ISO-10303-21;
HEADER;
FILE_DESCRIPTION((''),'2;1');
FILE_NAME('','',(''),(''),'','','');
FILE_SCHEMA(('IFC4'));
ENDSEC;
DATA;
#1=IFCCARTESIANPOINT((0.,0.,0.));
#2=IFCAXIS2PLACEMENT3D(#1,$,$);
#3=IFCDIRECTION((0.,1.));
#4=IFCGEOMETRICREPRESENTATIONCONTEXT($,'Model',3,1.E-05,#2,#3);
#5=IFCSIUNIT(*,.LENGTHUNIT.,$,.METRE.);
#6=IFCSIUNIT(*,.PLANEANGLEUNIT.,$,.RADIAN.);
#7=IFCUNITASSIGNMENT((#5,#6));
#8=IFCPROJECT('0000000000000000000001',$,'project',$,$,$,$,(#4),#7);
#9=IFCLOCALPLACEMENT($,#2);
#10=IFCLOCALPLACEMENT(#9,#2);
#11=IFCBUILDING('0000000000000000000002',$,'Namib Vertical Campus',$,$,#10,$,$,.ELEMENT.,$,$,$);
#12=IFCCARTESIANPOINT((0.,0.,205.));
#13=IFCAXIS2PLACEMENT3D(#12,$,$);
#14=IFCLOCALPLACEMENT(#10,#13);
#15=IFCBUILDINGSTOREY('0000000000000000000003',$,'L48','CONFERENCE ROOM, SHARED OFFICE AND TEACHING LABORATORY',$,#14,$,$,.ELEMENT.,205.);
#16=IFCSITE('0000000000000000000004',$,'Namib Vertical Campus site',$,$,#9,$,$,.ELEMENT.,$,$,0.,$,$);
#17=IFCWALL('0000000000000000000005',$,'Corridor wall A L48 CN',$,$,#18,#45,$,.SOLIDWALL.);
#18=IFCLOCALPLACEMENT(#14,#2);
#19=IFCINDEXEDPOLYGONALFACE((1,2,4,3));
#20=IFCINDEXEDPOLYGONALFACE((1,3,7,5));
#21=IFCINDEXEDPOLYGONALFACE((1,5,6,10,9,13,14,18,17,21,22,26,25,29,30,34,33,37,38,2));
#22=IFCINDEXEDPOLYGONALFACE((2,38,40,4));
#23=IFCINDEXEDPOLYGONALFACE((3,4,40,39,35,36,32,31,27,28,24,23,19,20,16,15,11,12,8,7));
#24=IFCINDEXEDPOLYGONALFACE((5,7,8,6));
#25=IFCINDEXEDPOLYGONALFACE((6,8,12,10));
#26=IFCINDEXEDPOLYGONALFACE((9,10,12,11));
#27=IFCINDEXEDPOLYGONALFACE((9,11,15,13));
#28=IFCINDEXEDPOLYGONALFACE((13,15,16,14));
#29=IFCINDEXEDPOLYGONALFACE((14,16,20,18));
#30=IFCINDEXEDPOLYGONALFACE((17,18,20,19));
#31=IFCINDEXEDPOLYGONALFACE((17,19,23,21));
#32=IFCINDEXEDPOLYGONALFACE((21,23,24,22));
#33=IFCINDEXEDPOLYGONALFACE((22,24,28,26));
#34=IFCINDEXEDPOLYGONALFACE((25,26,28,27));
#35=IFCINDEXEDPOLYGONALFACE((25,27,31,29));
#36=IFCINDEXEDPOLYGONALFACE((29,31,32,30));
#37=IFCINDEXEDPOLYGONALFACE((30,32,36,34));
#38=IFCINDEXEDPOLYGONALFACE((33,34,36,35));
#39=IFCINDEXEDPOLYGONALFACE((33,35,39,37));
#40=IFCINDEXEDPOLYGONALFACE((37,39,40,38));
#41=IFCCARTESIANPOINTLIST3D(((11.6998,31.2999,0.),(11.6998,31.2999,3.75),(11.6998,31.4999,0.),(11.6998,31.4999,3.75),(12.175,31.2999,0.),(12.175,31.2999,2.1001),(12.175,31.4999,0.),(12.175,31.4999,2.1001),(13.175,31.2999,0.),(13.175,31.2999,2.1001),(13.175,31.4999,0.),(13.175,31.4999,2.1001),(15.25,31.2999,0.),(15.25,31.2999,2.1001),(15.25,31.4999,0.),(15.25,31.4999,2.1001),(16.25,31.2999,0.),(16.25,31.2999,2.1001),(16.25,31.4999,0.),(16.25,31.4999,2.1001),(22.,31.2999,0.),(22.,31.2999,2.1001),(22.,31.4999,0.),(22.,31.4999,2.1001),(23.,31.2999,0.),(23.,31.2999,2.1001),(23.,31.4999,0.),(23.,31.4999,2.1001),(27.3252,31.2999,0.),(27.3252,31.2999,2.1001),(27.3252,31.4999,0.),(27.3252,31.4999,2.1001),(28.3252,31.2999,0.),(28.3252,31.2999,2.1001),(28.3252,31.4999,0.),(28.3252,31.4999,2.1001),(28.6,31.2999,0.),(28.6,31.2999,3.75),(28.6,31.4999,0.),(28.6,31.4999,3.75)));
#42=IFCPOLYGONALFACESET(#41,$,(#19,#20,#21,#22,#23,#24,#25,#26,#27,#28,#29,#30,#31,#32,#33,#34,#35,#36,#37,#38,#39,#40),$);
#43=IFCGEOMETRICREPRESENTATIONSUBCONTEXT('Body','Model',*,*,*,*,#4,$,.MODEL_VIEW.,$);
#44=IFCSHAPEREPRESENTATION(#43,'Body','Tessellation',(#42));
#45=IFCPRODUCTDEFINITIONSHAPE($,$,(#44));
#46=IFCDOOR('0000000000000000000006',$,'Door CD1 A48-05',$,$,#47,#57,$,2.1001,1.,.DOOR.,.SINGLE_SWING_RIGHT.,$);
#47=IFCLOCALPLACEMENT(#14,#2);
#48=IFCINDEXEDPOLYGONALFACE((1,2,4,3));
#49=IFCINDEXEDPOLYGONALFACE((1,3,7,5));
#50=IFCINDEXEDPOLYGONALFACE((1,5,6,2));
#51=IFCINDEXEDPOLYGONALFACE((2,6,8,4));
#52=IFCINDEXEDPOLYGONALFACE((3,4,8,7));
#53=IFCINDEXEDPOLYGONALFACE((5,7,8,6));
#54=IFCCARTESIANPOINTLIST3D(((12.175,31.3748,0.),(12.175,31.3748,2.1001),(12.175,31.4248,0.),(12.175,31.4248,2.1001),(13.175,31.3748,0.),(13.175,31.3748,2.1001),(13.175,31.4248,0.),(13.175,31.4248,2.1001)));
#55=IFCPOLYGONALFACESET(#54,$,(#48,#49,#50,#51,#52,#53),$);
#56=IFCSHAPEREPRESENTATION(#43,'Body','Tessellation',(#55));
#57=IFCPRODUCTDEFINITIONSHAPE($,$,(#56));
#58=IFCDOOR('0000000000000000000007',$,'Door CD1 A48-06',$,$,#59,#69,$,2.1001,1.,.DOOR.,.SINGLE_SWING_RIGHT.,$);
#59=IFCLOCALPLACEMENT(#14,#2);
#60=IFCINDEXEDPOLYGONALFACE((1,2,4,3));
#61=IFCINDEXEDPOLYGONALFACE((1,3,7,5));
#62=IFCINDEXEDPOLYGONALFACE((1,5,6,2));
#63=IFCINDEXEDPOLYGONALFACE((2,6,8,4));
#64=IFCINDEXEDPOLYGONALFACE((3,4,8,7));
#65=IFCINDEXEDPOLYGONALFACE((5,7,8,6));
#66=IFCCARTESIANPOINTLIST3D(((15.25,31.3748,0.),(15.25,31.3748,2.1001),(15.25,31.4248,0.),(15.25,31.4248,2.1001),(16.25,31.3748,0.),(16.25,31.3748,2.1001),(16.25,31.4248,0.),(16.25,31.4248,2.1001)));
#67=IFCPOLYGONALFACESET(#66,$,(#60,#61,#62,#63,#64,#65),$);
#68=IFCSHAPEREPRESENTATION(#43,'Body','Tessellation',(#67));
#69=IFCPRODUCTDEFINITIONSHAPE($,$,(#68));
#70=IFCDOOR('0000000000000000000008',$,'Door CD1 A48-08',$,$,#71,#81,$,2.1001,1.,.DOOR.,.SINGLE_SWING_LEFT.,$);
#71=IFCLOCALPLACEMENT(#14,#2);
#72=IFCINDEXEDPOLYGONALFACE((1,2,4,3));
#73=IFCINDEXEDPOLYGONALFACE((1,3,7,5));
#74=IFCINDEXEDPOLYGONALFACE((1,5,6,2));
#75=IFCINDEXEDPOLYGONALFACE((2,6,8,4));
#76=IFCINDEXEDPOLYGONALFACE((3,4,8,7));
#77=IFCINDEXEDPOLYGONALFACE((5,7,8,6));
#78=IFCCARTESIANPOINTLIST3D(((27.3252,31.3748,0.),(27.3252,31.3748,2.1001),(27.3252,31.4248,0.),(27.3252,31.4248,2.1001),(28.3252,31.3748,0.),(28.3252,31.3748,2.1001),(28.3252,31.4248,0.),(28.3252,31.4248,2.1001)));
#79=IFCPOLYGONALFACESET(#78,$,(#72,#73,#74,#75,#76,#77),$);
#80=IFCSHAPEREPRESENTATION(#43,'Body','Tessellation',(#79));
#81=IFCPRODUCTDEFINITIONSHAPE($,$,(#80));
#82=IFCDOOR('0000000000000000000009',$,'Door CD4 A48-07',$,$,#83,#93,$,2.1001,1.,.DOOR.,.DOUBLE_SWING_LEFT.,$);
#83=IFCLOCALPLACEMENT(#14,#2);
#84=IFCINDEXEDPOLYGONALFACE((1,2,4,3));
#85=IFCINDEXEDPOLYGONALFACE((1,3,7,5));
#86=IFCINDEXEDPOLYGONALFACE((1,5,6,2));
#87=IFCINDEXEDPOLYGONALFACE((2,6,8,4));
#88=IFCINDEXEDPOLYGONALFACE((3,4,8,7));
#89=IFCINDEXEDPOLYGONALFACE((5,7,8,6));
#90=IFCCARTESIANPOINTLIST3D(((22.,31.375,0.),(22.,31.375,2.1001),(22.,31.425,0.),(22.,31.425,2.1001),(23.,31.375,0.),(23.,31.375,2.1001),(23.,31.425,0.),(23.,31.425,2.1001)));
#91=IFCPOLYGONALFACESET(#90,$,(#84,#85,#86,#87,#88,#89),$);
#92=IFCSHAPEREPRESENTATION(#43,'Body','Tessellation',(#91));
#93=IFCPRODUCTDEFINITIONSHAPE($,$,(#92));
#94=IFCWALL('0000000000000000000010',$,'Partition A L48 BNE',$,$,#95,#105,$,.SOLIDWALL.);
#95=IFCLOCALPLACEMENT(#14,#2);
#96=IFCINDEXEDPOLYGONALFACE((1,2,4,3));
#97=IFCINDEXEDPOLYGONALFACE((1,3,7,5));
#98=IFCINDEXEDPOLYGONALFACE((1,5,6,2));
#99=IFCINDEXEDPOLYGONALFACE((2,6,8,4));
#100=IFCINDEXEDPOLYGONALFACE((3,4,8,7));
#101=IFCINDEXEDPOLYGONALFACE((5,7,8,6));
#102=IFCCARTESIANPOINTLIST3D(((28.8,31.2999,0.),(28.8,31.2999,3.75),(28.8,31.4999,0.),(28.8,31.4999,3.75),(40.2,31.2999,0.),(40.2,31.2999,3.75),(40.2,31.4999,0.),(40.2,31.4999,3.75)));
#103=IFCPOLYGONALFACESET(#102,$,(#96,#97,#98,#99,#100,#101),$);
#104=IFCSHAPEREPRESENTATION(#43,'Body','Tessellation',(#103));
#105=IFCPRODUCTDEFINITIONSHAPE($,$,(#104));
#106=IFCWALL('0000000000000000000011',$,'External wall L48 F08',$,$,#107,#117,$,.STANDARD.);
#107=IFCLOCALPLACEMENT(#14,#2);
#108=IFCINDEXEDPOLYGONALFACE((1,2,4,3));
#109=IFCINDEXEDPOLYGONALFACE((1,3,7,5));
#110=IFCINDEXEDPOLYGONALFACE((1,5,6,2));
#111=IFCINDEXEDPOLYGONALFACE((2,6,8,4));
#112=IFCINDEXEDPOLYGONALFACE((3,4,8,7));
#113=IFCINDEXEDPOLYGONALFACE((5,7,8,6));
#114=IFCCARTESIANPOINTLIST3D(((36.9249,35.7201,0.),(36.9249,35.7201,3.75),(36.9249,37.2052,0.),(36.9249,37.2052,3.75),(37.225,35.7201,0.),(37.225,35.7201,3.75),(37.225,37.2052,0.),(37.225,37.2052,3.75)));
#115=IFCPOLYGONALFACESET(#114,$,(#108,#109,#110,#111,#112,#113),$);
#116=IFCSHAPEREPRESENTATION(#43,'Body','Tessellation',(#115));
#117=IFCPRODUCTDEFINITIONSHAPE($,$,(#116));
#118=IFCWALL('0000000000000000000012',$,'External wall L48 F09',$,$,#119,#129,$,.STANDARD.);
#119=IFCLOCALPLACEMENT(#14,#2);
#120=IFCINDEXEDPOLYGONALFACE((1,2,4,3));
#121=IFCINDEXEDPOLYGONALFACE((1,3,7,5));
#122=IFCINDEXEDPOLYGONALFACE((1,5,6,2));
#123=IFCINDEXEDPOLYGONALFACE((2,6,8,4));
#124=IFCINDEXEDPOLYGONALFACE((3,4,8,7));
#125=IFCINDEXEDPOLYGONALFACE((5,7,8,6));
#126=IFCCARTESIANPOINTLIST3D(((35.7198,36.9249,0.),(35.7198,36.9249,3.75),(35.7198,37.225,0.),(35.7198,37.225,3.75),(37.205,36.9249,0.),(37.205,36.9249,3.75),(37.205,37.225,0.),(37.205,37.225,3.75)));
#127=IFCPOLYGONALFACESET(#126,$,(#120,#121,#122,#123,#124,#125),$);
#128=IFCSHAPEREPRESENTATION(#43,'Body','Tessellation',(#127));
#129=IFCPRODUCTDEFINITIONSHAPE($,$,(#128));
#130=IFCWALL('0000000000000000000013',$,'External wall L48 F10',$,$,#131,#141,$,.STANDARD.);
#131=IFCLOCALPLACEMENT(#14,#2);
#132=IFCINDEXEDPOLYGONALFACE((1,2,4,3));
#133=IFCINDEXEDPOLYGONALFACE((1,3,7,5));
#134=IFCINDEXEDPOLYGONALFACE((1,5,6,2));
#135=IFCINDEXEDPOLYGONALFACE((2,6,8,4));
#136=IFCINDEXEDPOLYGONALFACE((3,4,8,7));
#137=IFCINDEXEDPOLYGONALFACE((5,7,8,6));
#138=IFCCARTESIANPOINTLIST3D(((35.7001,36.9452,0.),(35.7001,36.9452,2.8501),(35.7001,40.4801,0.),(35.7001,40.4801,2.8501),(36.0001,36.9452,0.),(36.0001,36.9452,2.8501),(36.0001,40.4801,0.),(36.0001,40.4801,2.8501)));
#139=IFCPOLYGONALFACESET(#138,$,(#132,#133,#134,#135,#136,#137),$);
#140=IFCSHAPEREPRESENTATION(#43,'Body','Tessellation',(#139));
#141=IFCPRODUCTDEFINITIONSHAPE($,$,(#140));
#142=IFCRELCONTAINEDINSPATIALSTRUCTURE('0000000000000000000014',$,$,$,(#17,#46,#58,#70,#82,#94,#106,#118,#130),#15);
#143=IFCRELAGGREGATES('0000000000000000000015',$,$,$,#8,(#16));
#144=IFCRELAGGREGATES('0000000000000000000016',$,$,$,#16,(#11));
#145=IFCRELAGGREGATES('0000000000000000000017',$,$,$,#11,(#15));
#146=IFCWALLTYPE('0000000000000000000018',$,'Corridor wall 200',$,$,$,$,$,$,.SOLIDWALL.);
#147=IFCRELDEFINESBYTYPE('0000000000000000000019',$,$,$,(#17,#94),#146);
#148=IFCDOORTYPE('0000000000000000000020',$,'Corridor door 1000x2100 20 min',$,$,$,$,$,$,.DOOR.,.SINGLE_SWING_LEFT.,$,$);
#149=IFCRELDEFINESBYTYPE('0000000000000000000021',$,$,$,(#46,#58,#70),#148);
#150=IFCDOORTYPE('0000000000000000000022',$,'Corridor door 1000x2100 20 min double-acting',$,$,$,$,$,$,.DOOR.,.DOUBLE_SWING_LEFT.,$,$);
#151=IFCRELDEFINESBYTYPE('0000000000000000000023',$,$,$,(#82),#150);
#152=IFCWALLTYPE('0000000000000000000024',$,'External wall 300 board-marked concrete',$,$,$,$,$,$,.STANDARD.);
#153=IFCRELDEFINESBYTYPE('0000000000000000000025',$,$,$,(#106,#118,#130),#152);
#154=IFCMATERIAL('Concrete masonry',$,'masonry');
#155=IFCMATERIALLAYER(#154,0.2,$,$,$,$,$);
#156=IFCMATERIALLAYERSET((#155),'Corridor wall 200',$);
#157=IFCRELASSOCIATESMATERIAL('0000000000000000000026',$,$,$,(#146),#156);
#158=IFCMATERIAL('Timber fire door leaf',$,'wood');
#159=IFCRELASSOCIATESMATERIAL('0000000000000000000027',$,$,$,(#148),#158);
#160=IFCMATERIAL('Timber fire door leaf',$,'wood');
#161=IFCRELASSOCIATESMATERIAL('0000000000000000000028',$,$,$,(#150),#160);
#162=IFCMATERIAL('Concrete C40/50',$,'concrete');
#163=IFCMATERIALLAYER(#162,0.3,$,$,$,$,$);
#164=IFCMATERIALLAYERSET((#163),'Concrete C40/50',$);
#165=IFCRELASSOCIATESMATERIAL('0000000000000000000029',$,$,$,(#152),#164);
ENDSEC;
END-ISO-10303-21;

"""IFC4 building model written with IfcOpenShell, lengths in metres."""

from ifc_helpers import new_model, si_unit, direction, frame, frame_2d, origin, place, context, subcontext, project, spatial, rectangle, extrude, material, layer, layer_set, type_object, element, fill, save


model = new_model("IFC4")

# Units and contexts
model_context = context("Model", 3, precision=1e-05, world=origin(), true_north=direction((0.0, 1.0)))
body_context = subcontext(model_context, "Body", "Model", "MODEL_VIEW")
ifc_project = project(units=[si_unit("LENGTHUNIT", "METRE"), si_unit("PLANEANGLEUNIT", "RADIAN")], contexts=[model_context])

# Site, building, storey
site_placement = place(None, origin())
site = spatial("IfcSite", under=ifc_project, at=site_placement, Name="Namib Vertical Campus site", CompositionType="ELEMENT", RefElevation=0.0)
building_placement = place(site_placement, origin())
building = spatial("IfcBuilding", under=site, at=building_placement, Name="Namib Vertical Campus", CompositionType="ELEMENT")
storey_placement = place(building_placement, frame((0.0, 0.0, 205.0)))
storey = spatial("IfcBuildingStorey", under=building, at=storey_placement, Name="L48", Description="CONFERENCE ROOM, SHARED OFFICE AND TEACHING LABORATORY", CompositionType="ELEMENT", Elevation=205.0)

# Wall, openings, doors
ifc_material_1 = material(Name="Concrete masonry", Category="masonry")
ifc_layer_1 = layer(ifc_material_1, 0.2)
ifc_layer_set_1 = layer_set([ifc_layer_1], Name="Corridor wall 200")
wall_type_1 = type_object("IfcWallType", Name="Corridor wall 200", PredefinedType="SOLIDWALL", material=ifc_layer_set_1)
wall_1_placement = place(storey_placement, frame((28.6001, 31.3999, 0.0), z_axis=(0.0, 0.0, 1.0), x_axis=(-1.0, 0.0, 0.0)))
wall_1 = element("IfcWall", 1, at=wall_1_placement, inside=storey, type_object=wall_type_1, Name="Corridor wall A L48 CN", PredefinedType="SOLIDWALL", context=body_context, shape_type="SweptSolid", body=[
    extrude(rectangle(XDim=16.9001, YDim=0.2, at=frame_2d((8.4502, 0.0))), origin(), (0.0, 0.0, 1.0), 3.75),
])
opening_1_placement = place(wall_1_placement, frame((15.425, 0.0, 0.0)))
opening_1 = element("IfcOpeningElement", 2, at=opening_1_placement, cuts=wall_1, PredefinedType="OPENING", context=body_context, shape_type="SweptSolid", body=[
    extrude(rectangle(XDim=1.0, YDim=2.1001, at=frame_2d((0.5, 1.05))), frame((0.0, 0.1099, 0.0), z_axis=(0.0, -1.0, 0.0), x_axis=(1.0, 0.0, 0.0)), (0.0, 0.0, 1.0), 0.22),
])
opening_2_placement = place(wall_1_placement, frame((12.3501, 0.0, 0.0)))
opening_2 = element("IfcOpeningElement", 3, at=opening_2_placement, cuts=wall_1, PredefinedType="OPENING", context=body_context, shape_type="SweptSolid", body=[
    extrude(rectangle(XDim=1.0, YDim=2.1001, at=frame_2d((0.5, 1.05))), frame((0.0, 0.1099, 0.0), z_axis=(0.0, -1.0, 0.0), x_axis=(1.0, 0.0, 0.0)), (0.0, 0.0, 1.0), 0.22),
])
opening_3_placement = place(wall_1_placement, frame((5.6001, 0.0, 0.0)))
opening_3 = element("IfcOpeningElement", 4, at=opening_3_placement, cuts=wall_1, PredefinedType="OPENING", context=body_context, shape_type="SweptSolid", body=[
    extrude(rectangle(XDim=1.0, YDim=2.1001, at=frame_2d((0.5, 1.05))), frame((0.0, 0.1099, 0.0), z_axis=(0.0, -1.0, 0.0), x_axis=(1.0, 0.0, 0.0)), (0.0, 0.0, 1.0), 0.22),
])
opening_4_placement = place(wall_1_placement, frame((0.2749, 0.0, 0.0)))
opening_4 = element("IfcOpeningElement", 5, at=opening_4_placement, cuts=wall_1, PredefinedType="OPENING", context=body_context, shape_type="SweptSolid", body=[
    extrude(rectangle(XDim=1.0, YDim=2.1001, at=frame_2d((0.5, 1.05))), frame((0.0, 0.1099, 0.0), z_axis=(0.0, -1.0, 0.0), x_axis=(1.0, 0.0, 0.0)), (0.0, 0.0, 1.0), 0.22),
])
ifc_material_2 = material(Name="Timber fire door leaf", Category="wood")
door_type_1 = type_object("IfcDoorType", Name="Corridor door 1000x2100 20 min", OperationType="SINGLE_SWING_LEFT", PredefinedType="DOOR", material=ifc_material_2)
door_1_placement = place(opening_1_placement, frame((1.0, 0.0, 0.0), z_axis=(0.0, 0.0, 1.0), x_axis=(-1.0, 0.0, 0.0)))
door_1 = element("IfcDoor", 6, at=door_1_placement, inside=storey, type_object=door_type_1, Name="Door CD1 A48-05", OperationType="SINGLE_SWING_RIGHT", OverallHeight=2.1001, OverallWidth=1.0, PredefinedType="DOOR", context=body_context, shape_type="SweptSolid", body=[
    extrude(rectangle(XDim=1.0, YDim=2.1001, at=frame_2d((0.5, 1.05))), frame((0.0, 0.0249, 0.0), z_axis=(0.0, -1.0, 0.0), x_axis=(1.0, 0.0, 0.0)), (0.0, 0.0, 1.0), 0.05),
])
fill(opening_1, door_1)
door_2_placement = place(opening_2_placement, frame((1.0, 0.0, 0.0), z_axis=(0.0, 0.0, 1.0), x_axis=(-1.0, 0.0, 0.0)))
door_2 = element("IfcDoor", 7, at=door_2_placement, inside=storey, type_object=door_type_1, Name="Door CD1 A48-06", OperationType="SINGLE_SWING_RIGHT", OverallHeight=2.1001, OverallWidth=1.0, PredefinedType="DOOR", context=body_context, shape_type="SweptSolid", body=[
    extrude(rectangle(XDim=1.0, YDim=2.1001, at=frame_2d((0.5, 1.05))), frame((0.0, 0.0249, 0.0), z_axis=(0.0, -1.0, 0.0), x_axis=(1.0, 0.0, 0.0)), (0.0, 0.0, 1.0), 0.05),
])
fill(opening_2, door_2)
door_3_placement = place(opening_4_placement, frame((1.0, 0.0, 0.0), z_axis=(0.0, 0.0, 1.0), x_axis=(-1.0, 0.0, 0.0)))
door_3 = element("IfcDoor", 8, at=door_3_placement, inside=storey, type_object=door_type_1, Name="Door CD1 A48-08", OperationType="SINGLE_SWING_LEFT", OverallHeight=2.1001, OverallWidth=1.0, PredefinedType="DOOR", context=body_context, shape_type="SweptSolid", body=[
    extrude(rectangle(XDim=1.0, YDim=2.1001, at=frame_2d((0.5, 1.05))), frame((0.0, 0.0249, 0.0), z_axis=(0.0, -1.0, 0.0), x_axis=(1.0, 0.0, 0.0)), (0.0, 0.0, 1.0), 0.05),
])
fill(opening_4, door_3)
ifc_material_3 = material(Name="Timber fire door leaf", Category="wood")
door_type_2 = type_object("IfcDoorType", Name="Corridor door 1000x2100 20 min double-acting", OperationType="DOUBLE_SWING_LEFT", PredefinedType="DOOR", material=ifc_material_3)
door_4_placement = place(opening_3_placement, origin())
door_4 = element("IfcDoor", 9, at=door_4_placement, inside=storey, type_object=door_type_2, Name="Door CD4 A48-07", OperationType="DOUBLE_SWING_LEFT", OverallHeight=2.1001, OverallWidth=1.0, PredefinedType="DOOR", context=body_context, shape_type="SweptSolid", body=[
    extrude(rectangle(XDim=1.0, YDim=2.1001, at=frame_2d((0.5, 1.05))), frame((0.0, 0.0249, 0.0), z_axis=(0.0, -1.0, 0.0), x_axis=(1.0, 0.0, 0.0)), (0.0, 0.0, 1.0), 0.05),
])
fill(opening_3, door_4)

# Walls
wall_2_placement = place(storey_placement, frame((28.8, 31.3999, 0.0), z_axis=(0.0, 0.0, 1.0), x_axis=(1.0, 0.0, 0.0)))
element("IfcWall", 10, at=wall_2_placement, inside=storey, type_object=wall_type_1, Name="Partition A L48 BNE", PredefinedType="SOLIDWALL", context=body_context, shape_type="SweptSolid", body=[
    extrude(rectangle(XDim=11.3999, YDim=0.2, at=frame_2d((5.7, 0.0))), origin(), (0.0, 0.0, 1.0), 3.75),
])
ifc_material_4 = material(Name="Concrete C40/50", Category="concrete")
ifc_layer_2 = layer(ifc_material_4, 0.3)
ifc_layer_set_2 = layer_set([ifc_layer_2], Name="Concrete C40/50")
wall_type_2 = type_object("IfcWallType", Name="External wall 300 board-marked concrete", PredefinedType="STANDARD", material=ifc_layer_set_2)
for number, where, z_axis, x_axis, name in (
    (11, (37.075, 35.72, 0.0), (0.0, 0.0, 1.0), (0.0, 1.0, 0.0), "External wall L48 F08"),
    (12, (37.2051, 37.075, 0.0), (0.0, 0.0, 1.0), (-1.0, 0.0, 0.0), "External wall L48 F09"),
):
    element("IfcWall", number, at=place(storey_placement, frame(where, z_axis=z_axis, x_axis=x_axis)), inside=storey, type_object=wall_type_2, Name=name, PredefinedType="STANDARD", context=body_context, shape_type="SweptSolid", body=[
        extrude(rectangle(XDim=1.4851, YDim=0.3, at=frame_2d((0.7427, 0.0))), origin(), (0.0, 0.0, 1.0), 3.75),
    ])
wall_3_placement = place(storey_placement, frame((35.8501, 36.9451, 0.0), z_axis=(0.0, 0.0, 1.0), x_axis=(0.0, 1.0, 0.0)))
element("IfcWall", 13, at=wall_3_placement, inside=storey, type_object=wall_type_2, Name="External wall L48 F10", PredefinedType="STANDARD", context=body_context, shape_type="SweptSolid", body=[
    extrude(rectangle(XDim=3.5349, YDim=0.3, at=frame_2d((1.7676, 0.0))), origin(), (0.0, 0.0, 1.0), 2.8501),
])

save(model, "model.ifc")
